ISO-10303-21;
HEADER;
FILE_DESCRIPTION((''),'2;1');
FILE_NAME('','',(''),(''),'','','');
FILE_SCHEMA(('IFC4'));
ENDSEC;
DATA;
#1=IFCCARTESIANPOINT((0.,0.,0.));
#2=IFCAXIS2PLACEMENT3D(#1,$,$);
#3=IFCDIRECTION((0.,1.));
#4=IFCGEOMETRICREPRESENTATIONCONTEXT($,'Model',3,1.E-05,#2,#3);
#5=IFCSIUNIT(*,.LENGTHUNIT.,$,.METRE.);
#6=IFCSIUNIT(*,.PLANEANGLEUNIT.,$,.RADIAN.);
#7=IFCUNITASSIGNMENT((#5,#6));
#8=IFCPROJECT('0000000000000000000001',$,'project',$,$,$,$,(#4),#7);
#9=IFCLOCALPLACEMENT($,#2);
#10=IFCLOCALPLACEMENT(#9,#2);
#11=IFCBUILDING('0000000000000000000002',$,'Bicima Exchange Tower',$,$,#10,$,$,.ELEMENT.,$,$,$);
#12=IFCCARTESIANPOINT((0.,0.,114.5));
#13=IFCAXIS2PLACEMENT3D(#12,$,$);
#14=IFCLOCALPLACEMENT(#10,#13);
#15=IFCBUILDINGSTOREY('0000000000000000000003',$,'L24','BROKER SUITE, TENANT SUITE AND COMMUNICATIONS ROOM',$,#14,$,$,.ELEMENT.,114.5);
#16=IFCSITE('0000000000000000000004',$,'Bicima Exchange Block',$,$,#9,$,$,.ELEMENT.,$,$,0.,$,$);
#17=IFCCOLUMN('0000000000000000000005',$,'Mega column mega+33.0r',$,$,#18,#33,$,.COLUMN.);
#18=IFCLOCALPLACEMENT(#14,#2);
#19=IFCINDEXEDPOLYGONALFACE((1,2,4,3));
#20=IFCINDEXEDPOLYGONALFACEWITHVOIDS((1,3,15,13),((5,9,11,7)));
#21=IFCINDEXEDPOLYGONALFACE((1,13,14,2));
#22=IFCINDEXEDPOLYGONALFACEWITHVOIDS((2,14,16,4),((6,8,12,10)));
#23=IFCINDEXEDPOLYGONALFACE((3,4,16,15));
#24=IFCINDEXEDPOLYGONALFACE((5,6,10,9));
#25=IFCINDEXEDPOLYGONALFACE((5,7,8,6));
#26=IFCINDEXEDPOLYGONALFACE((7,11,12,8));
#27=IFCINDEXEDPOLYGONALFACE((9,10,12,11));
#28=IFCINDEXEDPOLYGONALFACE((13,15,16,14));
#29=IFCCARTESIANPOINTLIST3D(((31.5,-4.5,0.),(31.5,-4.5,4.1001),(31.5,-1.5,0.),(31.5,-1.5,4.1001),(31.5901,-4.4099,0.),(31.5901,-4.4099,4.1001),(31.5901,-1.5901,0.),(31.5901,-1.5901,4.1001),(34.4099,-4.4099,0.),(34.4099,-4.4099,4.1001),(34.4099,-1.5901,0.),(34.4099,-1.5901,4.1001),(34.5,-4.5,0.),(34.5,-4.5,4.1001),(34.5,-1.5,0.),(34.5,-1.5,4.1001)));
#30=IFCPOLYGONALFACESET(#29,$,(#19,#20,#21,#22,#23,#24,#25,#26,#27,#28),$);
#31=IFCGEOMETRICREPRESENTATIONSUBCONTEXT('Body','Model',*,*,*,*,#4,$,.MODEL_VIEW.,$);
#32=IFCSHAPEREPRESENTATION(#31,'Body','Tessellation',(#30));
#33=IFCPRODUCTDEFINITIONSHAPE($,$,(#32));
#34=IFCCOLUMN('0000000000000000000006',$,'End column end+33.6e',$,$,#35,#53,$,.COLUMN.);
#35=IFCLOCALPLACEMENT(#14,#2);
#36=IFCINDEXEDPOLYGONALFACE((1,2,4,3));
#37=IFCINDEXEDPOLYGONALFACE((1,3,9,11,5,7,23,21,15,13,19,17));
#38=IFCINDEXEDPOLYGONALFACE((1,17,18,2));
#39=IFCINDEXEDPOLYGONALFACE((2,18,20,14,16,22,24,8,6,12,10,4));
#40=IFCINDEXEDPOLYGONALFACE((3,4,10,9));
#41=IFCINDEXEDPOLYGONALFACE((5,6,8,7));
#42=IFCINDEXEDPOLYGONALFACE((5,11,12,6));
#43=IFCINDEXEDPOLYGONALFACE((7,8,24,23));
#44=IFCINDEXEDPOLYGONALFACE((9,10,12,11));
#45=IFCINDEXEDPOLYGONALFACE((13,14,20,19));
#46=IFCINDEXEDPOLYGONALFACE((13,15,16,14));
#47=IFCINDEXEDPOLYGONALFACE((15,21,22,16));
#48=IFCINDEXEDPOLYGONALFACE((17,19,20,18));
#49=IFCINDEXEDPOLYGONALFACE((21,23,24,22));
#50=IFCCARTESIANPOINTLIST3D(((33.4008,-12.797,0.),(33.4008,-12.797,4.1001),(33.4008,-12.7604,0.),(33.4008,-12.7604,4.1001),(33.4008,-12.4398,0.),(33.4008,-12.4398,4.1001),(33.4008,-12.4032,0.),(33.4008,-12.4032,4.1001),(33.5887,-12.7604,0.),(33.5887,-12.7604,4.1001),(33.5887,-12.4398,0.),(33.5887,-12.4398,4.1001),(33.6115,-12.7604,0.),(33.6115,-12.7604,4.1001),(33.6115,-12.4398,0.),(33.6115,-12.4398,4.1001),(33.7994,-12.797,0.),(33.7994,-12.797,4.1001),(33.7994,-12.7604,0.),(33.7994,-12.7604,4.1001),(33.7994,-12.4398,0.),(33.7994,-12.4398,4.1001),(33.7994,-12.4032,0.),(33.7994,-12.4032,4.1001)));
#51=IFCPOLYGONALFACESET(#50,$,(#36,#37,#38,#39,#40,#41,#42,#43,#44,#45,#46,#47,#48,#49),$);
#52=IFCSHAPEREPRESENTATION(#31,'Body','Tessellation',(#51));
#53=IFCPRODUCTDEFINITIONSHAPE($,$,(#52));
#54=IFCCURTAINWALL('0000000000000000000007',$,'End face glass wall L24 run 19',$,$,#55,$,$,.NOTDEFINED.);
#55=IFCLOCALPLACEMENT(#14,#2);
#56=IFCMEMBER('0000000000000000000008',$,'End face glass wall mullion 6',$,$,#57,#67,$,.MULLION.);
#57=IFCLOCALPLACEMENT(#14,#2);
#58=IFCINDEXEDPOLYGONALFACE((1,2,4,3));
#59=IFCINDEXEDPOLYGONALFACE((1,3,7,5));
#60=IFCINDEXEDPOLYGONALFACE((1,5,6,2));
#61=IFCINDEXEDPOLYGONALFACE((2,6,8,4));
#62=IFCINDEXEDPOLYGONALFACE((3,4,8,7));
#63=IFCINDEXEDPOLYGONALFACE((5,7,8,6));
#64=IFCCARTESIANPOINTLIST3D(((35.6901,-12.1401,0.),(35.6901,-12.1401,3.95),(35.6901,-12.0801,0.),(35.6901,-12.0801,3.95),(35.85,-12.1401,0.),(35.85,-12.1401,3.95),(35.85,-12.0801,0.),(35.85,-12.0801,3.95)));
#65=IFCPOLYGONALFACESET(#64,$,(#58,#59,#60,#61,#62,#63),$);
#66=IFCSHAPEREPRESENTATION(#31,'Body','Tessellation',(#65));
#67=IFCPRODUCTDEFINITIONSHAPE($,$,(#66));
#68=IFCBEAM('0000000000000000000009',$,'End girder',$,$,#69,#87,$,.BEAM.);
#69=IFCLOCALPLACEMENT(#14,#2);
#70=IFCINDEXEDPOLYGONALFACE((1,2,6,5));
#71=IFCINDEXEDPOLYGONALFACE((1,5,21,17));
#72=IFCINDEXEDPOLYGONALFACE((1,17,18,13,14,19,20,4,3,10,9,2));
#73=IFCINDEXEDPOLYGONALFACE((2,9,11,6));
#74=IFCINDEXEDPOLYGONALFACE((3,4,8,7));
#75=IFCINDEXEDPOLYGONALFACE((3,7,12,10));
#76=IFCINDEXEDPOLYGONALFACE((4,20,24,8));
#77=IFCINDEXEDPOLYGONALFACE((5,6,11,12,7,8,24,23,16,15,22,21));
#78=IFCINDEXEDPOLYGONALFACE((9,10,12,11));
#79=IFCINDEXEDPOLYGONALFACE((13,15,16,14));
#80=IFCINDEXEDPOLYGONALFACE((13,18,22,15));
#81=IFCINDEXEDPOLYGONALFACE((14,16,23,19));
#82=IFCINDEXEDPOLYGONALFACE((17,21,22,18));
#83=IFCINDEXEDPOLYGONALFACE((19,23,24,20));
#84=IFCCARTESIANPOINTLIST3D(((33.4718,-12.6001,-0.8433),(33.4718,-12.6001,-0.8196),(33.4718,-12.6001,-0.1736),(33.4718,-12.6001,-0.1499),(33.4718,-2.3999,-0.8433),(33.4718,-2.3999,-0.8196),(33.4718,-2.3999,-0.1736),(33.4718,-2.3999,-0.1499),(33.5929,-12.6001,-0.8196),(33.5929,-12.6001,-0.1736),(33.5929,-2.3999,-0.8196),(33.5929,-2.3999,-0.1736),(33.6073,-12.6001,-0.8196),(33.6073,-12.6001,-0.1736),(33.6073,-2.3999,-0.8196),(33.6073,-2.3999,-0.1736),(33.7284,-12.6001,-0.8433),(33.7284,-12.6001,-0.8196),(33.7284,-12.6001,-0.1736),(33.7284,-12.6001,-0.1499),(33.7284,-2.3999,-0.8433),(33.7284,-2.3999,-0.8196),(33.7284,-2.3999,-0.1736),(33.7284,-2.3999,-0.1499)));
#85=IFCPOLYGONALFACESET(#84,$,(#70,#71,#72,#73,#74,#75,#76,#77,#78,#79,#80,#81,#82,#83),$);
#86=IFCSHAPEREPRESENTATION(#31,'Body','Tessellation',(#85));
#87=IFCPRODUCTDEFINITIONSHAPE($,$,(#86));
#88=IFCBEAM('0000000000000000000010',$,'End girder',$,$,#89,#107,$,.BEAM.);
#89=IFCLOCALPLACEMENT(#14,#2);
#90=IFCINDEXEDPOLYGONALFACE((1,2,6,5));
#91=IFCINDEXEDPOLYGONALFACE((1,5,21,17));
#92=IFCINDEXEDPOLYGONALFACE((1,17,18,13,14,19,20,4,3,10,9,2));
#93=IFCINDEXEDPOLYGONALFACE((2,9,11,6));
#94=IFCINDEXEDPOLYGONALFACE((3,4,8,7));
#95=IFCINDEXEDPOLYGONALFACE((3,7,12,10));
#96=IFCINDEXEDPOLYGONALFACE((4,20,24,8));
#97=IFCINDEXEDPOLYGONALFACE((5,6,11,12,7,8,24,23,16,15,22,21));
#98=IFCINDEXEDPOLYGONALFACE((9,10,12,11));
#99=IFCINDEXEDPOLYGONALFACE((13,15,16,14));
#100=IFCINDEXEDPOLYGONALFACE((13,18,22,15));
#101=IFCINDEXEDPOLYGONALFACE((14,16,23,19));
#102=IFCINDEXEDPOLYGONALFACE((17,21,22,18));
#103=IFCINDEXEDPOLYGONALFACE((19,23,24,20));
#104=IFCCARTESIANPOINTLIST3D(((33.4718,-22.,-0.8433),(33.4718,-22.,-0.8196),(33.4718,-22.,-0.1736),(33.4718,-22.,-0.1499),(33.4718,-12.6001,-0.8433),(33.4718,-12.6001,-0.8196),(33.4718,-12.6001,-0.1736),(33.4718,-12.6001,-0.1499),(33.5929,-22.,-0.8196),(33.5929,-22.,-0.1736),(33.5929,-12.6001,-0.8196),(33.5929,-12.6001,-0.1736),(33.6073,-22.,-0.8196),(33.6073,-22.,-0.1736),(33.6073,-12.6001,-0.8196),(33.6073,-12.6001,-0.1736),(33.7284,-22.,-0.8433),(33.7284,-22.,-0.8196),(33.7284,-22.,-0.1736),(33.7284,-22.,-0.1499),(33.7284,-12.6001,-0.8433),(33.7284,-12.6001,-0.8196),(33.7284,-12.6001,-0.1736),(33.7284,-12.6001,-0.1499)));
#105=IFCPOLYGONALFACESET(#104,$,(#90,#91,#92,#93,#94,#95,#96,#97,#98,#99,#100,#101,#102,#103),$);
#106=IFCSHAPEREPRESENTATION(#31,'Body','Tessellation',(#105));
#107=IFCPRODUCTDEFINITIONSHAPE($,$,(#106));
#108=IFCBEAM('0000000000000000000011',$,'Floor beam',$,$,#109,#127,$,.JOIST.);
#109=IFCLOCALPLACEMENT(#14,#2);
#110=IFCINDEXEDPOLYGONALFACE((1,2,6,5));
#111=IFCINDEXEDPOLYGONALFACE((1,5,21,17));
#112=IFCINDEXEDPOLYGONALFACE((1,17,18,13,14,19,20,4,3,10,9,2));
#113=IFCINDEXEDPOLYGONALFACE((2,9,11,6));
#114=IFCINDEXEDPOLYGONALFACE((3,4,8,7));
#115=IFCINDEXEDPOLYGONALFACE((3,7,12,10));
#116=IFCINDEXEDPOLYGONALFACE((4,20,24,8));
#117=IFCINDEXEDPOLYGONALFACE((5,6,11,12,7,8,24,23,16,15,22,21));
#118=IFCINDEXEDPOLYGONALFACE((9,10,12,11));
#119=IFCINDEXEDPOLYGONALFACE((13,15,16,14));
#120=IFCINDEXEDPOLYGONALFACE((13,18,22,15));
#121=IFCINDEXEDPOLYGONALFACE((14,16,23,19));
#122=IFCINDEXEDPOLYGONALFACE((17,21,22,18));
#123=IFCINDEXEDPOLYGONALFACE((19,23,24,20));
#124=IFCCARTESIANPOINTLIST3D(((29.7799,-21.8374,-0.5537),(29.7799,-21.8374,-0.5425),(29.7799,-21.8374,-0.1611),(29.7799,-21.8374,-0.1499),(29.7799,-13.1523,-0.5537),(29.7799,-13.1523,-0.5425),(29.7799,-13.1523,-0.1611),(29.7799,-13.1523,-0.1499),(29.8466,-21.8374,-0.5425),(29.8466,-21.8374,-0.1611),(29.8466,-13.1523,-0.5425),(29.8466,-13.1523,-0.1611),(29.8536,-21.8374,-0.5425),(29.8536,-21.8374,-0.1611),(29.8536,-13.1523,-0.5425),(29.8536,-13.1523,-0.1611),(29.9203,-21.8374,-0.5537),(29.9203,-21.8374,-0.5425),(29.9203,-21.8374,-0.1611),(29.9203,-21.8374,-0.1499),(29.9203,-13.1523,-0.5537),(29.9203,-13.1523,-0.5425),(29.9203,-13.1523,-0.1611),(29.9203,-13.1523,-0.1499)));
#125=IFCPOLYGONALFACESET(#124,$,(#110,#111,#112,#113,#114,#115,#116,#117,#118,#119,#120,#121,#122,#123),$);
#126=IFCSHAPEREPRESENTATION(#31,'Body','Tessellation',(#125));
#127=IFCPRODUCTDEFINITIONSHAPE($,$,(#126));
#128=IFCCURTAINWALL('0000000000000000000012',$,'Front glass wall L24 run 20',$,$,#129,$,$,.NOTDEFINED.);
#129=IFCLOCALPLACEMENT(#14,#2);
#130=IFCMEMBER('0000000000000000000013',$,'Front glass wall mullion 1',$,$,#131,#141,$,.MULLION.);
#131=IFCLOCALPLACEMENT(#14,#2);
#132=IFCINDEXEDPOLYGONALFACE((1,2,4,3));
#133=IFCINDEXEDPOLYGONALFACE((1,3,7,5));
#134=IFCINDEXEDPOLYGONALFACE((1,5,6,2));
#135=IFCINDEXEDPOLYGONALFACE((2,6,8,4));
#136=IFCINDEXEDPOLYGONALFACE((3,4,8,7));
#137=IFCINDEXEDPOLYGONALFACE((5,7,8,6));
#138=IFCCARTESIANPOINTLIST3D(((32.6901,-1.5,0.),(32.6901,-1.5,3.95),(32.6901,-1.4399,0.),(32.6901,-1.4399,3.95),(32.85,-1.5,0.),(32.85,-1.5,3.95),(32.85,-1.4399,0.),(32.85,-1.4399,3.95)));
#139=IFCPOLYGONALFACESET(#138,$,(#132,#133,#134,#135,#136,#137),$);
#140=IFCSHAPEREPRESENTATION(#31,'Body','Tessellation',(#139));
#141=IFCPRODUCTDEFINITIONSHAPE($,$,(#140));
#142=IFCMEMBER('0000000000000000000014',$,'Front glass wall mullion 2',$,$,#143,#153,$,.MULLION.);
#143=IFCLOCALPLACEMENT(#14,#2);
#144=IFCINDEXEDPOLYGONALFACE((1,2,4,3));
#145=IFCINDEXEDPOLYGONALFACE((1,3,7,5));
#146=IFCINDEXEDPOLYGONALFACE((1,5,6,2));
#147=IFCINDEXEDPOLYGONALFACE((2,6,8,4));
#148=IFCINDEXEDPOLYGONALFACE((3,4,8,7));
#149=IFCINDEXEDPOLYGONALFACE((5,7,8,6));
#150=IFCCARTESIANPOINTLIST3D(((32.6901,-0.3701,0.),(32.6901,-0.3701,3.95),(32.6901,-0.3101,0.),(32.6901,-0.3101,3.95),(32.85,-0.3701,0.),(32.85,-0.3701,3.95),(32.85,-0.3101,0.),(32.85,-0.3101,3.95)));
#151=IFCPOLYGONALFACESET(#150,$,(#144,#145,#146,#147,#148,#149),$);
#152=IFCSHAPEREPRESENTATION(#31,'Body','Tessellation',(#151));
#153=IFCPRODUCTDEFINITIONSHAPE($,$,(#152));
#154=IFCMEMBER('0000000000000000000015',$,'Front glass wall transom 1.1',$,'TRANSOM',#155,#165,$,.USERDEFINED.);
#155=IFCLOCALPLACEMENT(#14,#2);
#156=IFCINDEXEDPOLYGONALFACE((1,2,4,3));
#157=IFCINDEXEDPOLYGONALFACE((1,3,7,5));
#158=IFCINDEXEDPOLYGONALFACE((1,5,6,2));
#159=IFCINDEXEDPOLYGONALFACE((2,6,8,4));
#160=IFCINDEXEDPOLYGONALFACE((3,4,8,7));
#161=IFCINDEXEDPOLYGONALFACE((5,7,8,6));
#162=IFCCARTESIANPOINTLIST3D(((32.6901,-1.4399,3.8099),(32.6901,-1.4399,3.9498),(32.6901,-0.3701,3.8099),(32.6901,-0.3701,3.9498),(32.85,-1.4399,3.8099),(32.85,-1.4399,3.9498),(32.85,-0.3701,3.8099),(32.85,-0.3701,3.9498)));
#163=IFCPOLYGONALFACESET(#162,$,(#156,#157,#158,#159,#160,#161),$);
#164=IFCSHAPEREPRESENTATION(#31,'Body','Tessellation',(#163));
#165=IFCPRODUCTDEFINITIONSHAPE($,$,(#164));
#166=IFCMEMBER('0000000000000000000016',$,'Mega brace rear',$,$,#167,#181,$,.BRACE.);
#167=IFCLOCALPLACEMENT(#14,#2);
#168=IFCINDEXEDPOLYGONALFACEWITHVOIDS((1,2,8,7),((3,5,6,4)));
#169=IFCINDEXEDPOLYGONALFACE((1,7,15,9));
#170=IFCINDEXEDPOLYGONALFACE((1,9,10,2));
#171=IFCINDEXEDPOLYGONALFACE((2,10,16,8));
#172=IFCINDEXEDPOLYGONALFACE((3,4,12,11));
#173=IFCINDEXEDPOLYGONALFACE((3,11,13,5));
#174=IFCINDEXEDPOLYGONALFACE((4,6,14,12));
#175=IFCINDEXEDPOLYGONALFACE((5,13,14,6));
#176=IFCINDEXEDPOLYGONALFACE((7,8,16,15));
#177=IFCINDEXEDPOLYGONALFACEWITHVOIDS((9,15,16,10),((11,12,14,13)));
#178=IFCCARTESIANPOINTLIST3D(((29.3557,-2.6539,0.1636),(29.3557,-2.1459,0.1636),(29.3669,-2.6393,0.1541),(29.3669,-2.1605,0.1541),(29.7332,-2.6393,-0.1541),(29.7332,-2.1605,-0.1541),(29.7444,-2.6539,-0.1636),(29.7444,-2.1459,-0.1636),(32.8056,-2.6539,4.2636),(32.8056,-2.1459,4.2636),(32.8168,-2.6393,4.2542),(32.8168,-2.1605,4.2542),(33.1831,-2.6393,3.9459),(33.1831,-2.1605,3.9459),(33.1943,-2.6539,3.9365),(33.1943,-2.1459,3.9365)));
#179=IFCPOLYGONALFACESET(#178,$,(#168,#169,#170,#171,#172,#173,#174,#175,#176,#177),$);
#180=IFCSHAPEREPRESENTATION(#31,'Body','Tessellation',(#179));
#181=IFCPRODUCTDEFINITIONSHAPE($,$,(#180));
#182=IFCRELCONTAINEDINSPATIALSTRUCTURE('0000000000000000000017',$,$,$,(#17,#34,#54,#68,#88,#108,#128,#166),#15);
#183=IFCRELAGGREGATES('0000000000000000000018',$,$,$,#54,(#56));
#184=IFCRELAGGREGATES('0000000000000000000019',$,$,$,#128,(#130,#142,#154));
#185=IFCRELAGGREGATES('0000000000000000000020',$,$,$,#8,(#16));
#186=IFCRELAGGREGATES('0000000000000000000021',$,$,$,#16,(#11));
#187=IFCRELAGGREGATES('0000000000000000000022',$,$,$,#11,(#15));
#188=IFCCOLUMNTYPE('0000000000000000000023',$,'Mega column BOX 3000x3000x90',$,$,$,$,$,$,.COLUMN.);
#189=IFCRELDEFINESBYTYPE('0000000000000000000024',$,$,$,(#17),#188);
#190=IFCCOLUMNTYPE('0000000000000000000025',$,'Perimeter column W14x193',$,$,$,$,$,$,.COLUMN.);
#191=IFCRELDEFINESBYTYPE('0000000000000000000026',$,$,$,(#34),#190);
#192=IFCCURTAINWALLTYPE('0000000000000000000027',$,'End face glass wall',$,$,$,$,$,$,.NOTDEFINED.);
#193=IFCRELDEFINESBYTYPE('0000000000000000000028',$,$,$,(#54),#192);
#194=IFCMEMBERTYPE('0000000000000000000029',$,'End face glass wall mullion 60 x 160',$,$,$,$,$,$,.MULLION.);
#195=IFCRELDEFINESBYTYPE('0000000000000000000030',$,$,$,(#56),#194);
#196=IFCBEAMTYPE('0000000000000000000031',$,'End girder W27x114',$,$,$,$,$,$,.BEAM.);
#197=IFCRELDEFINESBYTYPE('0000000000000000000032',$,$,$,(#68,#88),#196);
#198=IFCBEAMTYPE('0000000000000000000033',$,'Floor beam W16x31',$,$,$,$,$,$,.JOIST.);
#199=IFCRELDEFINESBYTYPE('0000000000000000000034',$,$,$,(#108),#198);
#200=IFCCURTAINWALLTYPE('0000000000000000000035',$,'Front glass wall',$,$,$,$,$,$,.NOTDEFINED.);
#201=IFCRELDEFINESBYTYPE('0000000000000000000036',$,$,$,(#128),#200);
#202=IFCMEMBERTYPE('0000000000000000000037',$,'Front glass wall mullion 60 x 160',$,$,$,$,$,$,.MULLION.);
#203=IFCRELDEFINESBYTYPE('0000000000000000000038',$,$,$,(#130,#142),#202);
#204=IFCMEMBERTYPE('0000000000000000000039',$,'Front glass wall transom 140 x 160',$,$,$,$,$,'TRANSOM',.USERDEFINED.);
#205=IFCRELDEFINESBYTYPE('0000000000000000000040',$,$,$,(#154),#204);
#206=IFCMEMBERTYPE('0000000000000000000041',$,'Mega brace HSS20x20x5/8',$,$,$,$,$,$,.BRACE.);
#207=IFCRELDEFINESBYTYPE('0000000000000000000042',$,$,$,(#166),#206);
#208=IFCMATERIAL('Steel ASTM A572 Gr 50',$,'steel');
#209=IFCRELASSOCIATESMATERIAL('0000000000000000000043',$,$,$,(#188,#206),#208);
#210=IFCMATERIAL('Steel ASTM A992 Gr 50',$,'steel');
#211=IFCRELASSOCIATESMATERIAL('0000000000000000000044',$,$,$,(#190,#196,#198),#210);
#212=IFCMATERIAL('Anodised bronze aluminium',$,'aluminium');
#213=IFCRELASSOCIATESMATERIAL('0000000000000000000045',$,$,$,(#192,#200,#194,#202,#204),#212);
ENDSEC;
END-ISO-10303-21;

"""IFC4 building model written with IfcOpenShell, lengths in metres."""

from ifc_helpers import new_model, si_unit, direction, frame, origin, origin_2d, place, context, subcontext, project, spatial, rectangle, hollow_rectangle, i_section, extrude, material, material_profile, profile_set, type_object, element, aggregate, save


model = new_model("IFC4")

# Units and contexts
model_context = context("Model", 3, precision=1e-05, world=origin(), true_north=direction((0.0, 1.0)))
body_context = subcontext(model_context, "Body", "Model", "MODEL_VIEW")
ifc_project = project(units=[si_unit("LENGTHUNIT", "METRE"), si_unit("PLANEANGLEUNIT", "RADIAN")], contexts=[model_context])

# Site, building, storey
site_placement = place(None, origin())
site = spatial("IfcSite", under=ifc_project, at=site_placement, Name="Bicima Exchange Block", CompositionType="ELEMENT", RefElevation=0.0)
building_placement = place(site_placement, origin())
building = spatial("IfcBuilding", under=site, at=building_placement, Name="Bicima Exchange Tower", CompositionType="ELEMENT")
storey_placement = place(building_placement, frame((0.0, 0.0, 114.5)))
storey = spatial("IfcBuildingStorey", under=building, at=storey_placement, Name="L24", Description="BROKER SUITE, TENANT SUITE AND COMMUNICATIONS ROOM", CompositionType="ELEMENT", Elevation=114.5)

# Columns
ifc_material_1 = material(Name="Steel ASTM A572 Gr 50", Category="steel")
ifc_material_profile_1 = material_profile(ifc_material_1, hollow_rectangle(XDim=3.0, YDim=3.0, WallThickness=0.0901, at=origin_2d()))
ifc_profile_set_1 = profile_set([ifc_material_profile_1], Name="Steel ASTM A572 Gr 50")
column_type_1 = type_object("IfcColumnType", Name="Mega column BOX 3000x3000x90", PredefinedType="COLUMN", material=ifc_profile_set_1)
column_1_placement = place(storey_placement, frame((33.0, -3.0, 0.0), z_axis=(0.0, 0.0, 1.0), x_axis=(1.0, 0.0, 0.0)))
element("IfcColumn", 1, at=column_1_placement, inside=storey, type_object=column_type_1, Name="Mega column mega+33.0r", PredefinedType="COLUMN", context=body_context, shape_type="SweptSolid", body=[
    extrude(hollow_rectangle(XDim=3.0, YDim=3.0, WallThickness=0.0901, at=origin_2d()), origin(), (0.0, 0.0, 1.0), 4.1001),
])
ifc_material_2 = material(Name="Steel ASTM A992 Gr 50", Category="steel")
ifc_material_profile_2 = material_profile(ifc_material_2, i_section(OverallWidth=0.3987, OverallDepth=0.3938, WebThickness=0.0227, FlangeThickness=0.0366, at=origin_2d()))
ifc_profile_set_2 = profile_set([ifc_material_profile_2], Name="Steel ASTM A992 Gr 50")
column_type_2 = type_object("IfcColumnType", Name="Perimeter column W14x193", PredefinedType="COLUMN", material=ifc_profile_set_2)
column_2_placement = place(storey_placement, frame((33.6001, -12.6001, 0.0), z_axis=(0.0, 0.0, 1.0), x_axis=(1.0, 0.0, 0.0)))
element("IfcColumn", 2, at=column_2_placement, inside=storey, type_object=column_type_2, Name="End column end+33.6e", PredefinedType="COLUMN", context=body_context, shape_type="SweptSolid", body=[
    extrude(i_section(OverallWidth=0.3987, OverallDepth=0.3938, WebThickness=0.0227, FlangeThickness=0.0366, at=origin_2d()), origin(), (0.0, 0.0, 1.0), 4.1001),
])

# Curtain wall, member
ifc_material_3 = material(Name="Anodised bronze aluminium", Category="aluminium")
curtain_wall_type_1 = type_object("IfcCurtainWallType", Name="End face glass wall", PredefinedType="NOTDEFINED", material=ifc_material_3)
curtain_wall_1_placement = place(storey_placement, origin())
curtain_wall_1 = element("IfcCurtainWall", 3, at=curtain_wall_1_placement, inside=storey, type_object=curtain_wall_type_1, Name="End face glass wall L24 run 19", PredefinedType="NOTDEFINED")
ifc_material_profile_3 = material_profile(ifc_material_3, rectangle(XDim=0.1599, YDim=0.0601, at=origin_2d()))
ifc_profile_set_3 = profile_set([ifc_material_profile_3], Name="Anodised bronze aluminium")
member_type_1 = type_object("IfcMemberType", Name="End face glass wall mullion 60 x 160", PredefinedType="MULLION", material=ifc_profile_set_3)
member_1_placement = place(storey_placement, frame((35.77, -12.1101, 0.0), z_axis=(0.0, 0.0, 1.0), x_axis=(-1.0, 0.0, 0.0)))
member_1 = element("IfcMember", 4, at=member_1_placement, type_object=member_type_1, Name="End face glass wall mullion 6", PredefinedType="MULLION", context=body_context, shape_type="SweptSolid", body=[
    extrude(rectangle(XDim=0.1599, YDim=0.0601, at=origin_2d()), origin(), (0.0, 0.0, 1.0), 3.95),
])
aggregate(curtain_wall_1, [member_1])

# Beams
ifc_material_profile_4 = material_profile(ifc_material_2, i_section(OverallWidth=0.2566, OverallDepth=0.6934, WebThickness=0.0144, FlangeThickness=0.0237, at=origin_2d()))
ifc_profile_set_4 = profile_set([ifc_material_profile_4], Name="Steel ASTM A992 Gr 50")
beam_type_1 = type_object("IfcBeamType", Name="End girder W27x114", PredefinedType="BEAM", material=ifc_profile_set_4)
beam_1_placement = place(storey_placement, frame((33.6001, -2.3999, -0.4966), z_axis=(0.0, -1.0, 0.0), x_axis=(1.0, 0.0, 0.0)))
element("IfcBeam", 5, at=beam_1_placement, inside=storey, type_object=beam_type_1, Name="End girder", PredefinedType="BEAM", context=body_context, shape_type="SweptSolid", body=[
    extrude(i_section(OverallWidth=0.2566, OverallDepth=0.6934, WebThickness=0.0144, FlangeThickness=0.0237, at=origin_2d()), origin(), (0.0, 0.0, 1.0), 10.2002),
])
beam_2_placement = place(storey_placement, frame((33.6001, -12.6001, -0.4966), z_axis=(0.0, -1.0, 0.0), x_axis=(1.0, 0.0, 0.0)))
element("IfcBeam", 6, at=beam_2_placement, inside=storey, type_object=beam_type_1, Name="End girder", PredefinedType="BEAM", context=body_context, shape_type="SweptSolid", body=[
    extrude(i_section(OverallWidth=0.2566, OverallDepth=0.6934, WebThickness=0.0144, FlangeThickness=0.0237, at=origin_2d()), origin(), (0.0, 0.0, 1.0), 9.3999),
])
ifc_material_profile_5 = material_profile(ifc_material_2, i_section(OverallWidth=0.1404, OverallDepth=0.4038, WebThickness=0.0071, FlangeThickness=0.0112, at=origin_2d()))
ifc_profile_set_5 = profile_set([ifc_material_profile_5], Name="Steel ASTM A992 Gr 50")
beam_type_2 = type_object("IfcBeamType", Name="Floor beam W16x31", PredefinedType="JOIST", material=ifc_profile_set_5)
beam_3_placement = place(storey_placement, frame((29.8501, -13.1523, -0.3518), z_axis=(0.0, -1.0, 0.0), x_axis=(1.0, 0.0, 0.0)))
element("IfcBeam", 7, at=beam_3_placement, inside=storey, type_object=beam_type_2, Name="Floor beam", PredefinedType="JOIST", context=body_context, shape_type="SweptSolid", body=[
    extrude(i_section(OverallWidth=0.1404, OverallDepth=0.4038, WebThickness=0.0071, FlangeThickness=0.0112, at=origin_2d()), origin(), (0.0, 0.0, 1.0), 8.6851),
])

# Curtain wall, members
curtain_wall_type_2 = type_object("IfcCurtainWallType", Name="Front glass wall", PredefinedType="NOTDEFINED", material=ifc_material_3)
curtain_wall_2_placement = place(storey_placement, origin())
curtain_wall_2 = element("IfcCurtainWall", 8, at=curtain_wall_2_placement, inside=storey, type_object=curtain_wall_type_2, Name="Front glass wall L24 run 20", PredefinedType="NOTDEFINED")
member_type_2 = type_object("IfcMemberType", Name="Front glass wall mullion 60 x 160", PredefinedType="MULLION", material=ifc_profile_set_3)
member_2_placement = place(storey_placement, frame((32.77, -1.47, 0.0), z_axis=(0.0, 0.0, 1.0), x_axis=(-1.0, 0.0, 0.0)))
member_2 = element("IfcMember", 9, at=member_2_placement, type_object=member_type_2, Name="Front glass wall mullion 1", PredefinedType="MULLION", context=body_context, shape_type="SweptSolid", body=[
    extrude(rectangle(XDim=0.1599, YDim=0.0601, at=origin_2d()), origin(), (0.0, 0.0, 1.0), 3.95),
])
member_3_placement = place(storey_placement, frame((32.77, -0.3401, 0.0), z_axis=(0.0, 0.0, 1.0), x_axis=(-1.0, 0.0, 0.0)))
member_3 = element("IfcMember", 10, at=member_3_placement, type_object=member_type_2, Name="Front glass wall mullion 2", PredefinedType="MULLION", context=body_context, shape_type="SweptSolid", body=[
    extrude(rectangle(XDim=0.1599, YDim=0.0601, at=origin_2d()), origin(), (0.0, 0.0, 1.0), 3.95),
])
ifc_material_profile_6 = material_profile(ifc_material_3, rectangle(XDim=0.1599, YDim=0.1399, at=origin_2d()))
ifc_profile_set_6 = profile_set([ifc_material_profile_6], Name="Anodised bronze aluminium")
member_type_3 = type_object("IfcMemberType", Name="Front glass wall transom 140 x 160", ElementType="TRANSOM", PredefinedType="USERDEFINED", material=ifc_profile_set_6)
member_4_placement = place(storey_placement, frame((32.77, -1.4399, 3.8799), z_axis=(0.0, 1.0, 0.0), x_axis=(-1.0, 0.0, 0.0)))
member_4 = element("IfcMember", 11, at=member_4_placement, type_object=member_type_3, Name="Front glass wall transom 1.1", ObjectType="TRANSOM", PredefinedType="USERDEFINED", context=body_context, shape_type="SweptSolid", body=[
    extrude(rectangle(XDim=0.1599, YDim=0.1399, at=origin_2d()), origin(), (0.0, 0.0, 1.0), 1.0698),
])

# Member
ifc_material_profile_7 = material_profile(ifc_material_1, hollow_rectangle(XDim=0.5081, YDim=0.5081, WallThickness=0.0146, at=origin_2d()))
ifc_profile_set_7 = profile_set([ifc_material_profile_7], Name="Steel ASTM A572 Gr 50")
member_type_4 = type_object("IfcMemberType", Name="Mega brace HSS20x20x5/8", PredefinedType="BRACE", material=ifc_profile_set_7)
for number, where, z_axis, x_axis, name in (
    (12, (29.55, -2.3999, 0.0), (0.643834, 0.0, 0.765165), (0.0, 1.0, 0.0), "Mega brace rear"),
):
    element("IfcMember", number, at=place(storey_placement, frame(where, z_axis=z_axis, x_axis=x_axis)), inside=storey, type_object=member_type_4, Name=name, PredefinedType="BRACE", context=body_context, shape_type="SweptSolid", body=[
        extrude(hollow_rectangle(XDim=0.5081, YDim=0.5081, WallThickness=0.0146, at=origin_2d()), origin(), (0.0, 0.0, 1.0), 5.3584),
    ])

aggregate(curtain_wall_2, [member_2, member_3, member_4])

save(model, "model.ifc")
